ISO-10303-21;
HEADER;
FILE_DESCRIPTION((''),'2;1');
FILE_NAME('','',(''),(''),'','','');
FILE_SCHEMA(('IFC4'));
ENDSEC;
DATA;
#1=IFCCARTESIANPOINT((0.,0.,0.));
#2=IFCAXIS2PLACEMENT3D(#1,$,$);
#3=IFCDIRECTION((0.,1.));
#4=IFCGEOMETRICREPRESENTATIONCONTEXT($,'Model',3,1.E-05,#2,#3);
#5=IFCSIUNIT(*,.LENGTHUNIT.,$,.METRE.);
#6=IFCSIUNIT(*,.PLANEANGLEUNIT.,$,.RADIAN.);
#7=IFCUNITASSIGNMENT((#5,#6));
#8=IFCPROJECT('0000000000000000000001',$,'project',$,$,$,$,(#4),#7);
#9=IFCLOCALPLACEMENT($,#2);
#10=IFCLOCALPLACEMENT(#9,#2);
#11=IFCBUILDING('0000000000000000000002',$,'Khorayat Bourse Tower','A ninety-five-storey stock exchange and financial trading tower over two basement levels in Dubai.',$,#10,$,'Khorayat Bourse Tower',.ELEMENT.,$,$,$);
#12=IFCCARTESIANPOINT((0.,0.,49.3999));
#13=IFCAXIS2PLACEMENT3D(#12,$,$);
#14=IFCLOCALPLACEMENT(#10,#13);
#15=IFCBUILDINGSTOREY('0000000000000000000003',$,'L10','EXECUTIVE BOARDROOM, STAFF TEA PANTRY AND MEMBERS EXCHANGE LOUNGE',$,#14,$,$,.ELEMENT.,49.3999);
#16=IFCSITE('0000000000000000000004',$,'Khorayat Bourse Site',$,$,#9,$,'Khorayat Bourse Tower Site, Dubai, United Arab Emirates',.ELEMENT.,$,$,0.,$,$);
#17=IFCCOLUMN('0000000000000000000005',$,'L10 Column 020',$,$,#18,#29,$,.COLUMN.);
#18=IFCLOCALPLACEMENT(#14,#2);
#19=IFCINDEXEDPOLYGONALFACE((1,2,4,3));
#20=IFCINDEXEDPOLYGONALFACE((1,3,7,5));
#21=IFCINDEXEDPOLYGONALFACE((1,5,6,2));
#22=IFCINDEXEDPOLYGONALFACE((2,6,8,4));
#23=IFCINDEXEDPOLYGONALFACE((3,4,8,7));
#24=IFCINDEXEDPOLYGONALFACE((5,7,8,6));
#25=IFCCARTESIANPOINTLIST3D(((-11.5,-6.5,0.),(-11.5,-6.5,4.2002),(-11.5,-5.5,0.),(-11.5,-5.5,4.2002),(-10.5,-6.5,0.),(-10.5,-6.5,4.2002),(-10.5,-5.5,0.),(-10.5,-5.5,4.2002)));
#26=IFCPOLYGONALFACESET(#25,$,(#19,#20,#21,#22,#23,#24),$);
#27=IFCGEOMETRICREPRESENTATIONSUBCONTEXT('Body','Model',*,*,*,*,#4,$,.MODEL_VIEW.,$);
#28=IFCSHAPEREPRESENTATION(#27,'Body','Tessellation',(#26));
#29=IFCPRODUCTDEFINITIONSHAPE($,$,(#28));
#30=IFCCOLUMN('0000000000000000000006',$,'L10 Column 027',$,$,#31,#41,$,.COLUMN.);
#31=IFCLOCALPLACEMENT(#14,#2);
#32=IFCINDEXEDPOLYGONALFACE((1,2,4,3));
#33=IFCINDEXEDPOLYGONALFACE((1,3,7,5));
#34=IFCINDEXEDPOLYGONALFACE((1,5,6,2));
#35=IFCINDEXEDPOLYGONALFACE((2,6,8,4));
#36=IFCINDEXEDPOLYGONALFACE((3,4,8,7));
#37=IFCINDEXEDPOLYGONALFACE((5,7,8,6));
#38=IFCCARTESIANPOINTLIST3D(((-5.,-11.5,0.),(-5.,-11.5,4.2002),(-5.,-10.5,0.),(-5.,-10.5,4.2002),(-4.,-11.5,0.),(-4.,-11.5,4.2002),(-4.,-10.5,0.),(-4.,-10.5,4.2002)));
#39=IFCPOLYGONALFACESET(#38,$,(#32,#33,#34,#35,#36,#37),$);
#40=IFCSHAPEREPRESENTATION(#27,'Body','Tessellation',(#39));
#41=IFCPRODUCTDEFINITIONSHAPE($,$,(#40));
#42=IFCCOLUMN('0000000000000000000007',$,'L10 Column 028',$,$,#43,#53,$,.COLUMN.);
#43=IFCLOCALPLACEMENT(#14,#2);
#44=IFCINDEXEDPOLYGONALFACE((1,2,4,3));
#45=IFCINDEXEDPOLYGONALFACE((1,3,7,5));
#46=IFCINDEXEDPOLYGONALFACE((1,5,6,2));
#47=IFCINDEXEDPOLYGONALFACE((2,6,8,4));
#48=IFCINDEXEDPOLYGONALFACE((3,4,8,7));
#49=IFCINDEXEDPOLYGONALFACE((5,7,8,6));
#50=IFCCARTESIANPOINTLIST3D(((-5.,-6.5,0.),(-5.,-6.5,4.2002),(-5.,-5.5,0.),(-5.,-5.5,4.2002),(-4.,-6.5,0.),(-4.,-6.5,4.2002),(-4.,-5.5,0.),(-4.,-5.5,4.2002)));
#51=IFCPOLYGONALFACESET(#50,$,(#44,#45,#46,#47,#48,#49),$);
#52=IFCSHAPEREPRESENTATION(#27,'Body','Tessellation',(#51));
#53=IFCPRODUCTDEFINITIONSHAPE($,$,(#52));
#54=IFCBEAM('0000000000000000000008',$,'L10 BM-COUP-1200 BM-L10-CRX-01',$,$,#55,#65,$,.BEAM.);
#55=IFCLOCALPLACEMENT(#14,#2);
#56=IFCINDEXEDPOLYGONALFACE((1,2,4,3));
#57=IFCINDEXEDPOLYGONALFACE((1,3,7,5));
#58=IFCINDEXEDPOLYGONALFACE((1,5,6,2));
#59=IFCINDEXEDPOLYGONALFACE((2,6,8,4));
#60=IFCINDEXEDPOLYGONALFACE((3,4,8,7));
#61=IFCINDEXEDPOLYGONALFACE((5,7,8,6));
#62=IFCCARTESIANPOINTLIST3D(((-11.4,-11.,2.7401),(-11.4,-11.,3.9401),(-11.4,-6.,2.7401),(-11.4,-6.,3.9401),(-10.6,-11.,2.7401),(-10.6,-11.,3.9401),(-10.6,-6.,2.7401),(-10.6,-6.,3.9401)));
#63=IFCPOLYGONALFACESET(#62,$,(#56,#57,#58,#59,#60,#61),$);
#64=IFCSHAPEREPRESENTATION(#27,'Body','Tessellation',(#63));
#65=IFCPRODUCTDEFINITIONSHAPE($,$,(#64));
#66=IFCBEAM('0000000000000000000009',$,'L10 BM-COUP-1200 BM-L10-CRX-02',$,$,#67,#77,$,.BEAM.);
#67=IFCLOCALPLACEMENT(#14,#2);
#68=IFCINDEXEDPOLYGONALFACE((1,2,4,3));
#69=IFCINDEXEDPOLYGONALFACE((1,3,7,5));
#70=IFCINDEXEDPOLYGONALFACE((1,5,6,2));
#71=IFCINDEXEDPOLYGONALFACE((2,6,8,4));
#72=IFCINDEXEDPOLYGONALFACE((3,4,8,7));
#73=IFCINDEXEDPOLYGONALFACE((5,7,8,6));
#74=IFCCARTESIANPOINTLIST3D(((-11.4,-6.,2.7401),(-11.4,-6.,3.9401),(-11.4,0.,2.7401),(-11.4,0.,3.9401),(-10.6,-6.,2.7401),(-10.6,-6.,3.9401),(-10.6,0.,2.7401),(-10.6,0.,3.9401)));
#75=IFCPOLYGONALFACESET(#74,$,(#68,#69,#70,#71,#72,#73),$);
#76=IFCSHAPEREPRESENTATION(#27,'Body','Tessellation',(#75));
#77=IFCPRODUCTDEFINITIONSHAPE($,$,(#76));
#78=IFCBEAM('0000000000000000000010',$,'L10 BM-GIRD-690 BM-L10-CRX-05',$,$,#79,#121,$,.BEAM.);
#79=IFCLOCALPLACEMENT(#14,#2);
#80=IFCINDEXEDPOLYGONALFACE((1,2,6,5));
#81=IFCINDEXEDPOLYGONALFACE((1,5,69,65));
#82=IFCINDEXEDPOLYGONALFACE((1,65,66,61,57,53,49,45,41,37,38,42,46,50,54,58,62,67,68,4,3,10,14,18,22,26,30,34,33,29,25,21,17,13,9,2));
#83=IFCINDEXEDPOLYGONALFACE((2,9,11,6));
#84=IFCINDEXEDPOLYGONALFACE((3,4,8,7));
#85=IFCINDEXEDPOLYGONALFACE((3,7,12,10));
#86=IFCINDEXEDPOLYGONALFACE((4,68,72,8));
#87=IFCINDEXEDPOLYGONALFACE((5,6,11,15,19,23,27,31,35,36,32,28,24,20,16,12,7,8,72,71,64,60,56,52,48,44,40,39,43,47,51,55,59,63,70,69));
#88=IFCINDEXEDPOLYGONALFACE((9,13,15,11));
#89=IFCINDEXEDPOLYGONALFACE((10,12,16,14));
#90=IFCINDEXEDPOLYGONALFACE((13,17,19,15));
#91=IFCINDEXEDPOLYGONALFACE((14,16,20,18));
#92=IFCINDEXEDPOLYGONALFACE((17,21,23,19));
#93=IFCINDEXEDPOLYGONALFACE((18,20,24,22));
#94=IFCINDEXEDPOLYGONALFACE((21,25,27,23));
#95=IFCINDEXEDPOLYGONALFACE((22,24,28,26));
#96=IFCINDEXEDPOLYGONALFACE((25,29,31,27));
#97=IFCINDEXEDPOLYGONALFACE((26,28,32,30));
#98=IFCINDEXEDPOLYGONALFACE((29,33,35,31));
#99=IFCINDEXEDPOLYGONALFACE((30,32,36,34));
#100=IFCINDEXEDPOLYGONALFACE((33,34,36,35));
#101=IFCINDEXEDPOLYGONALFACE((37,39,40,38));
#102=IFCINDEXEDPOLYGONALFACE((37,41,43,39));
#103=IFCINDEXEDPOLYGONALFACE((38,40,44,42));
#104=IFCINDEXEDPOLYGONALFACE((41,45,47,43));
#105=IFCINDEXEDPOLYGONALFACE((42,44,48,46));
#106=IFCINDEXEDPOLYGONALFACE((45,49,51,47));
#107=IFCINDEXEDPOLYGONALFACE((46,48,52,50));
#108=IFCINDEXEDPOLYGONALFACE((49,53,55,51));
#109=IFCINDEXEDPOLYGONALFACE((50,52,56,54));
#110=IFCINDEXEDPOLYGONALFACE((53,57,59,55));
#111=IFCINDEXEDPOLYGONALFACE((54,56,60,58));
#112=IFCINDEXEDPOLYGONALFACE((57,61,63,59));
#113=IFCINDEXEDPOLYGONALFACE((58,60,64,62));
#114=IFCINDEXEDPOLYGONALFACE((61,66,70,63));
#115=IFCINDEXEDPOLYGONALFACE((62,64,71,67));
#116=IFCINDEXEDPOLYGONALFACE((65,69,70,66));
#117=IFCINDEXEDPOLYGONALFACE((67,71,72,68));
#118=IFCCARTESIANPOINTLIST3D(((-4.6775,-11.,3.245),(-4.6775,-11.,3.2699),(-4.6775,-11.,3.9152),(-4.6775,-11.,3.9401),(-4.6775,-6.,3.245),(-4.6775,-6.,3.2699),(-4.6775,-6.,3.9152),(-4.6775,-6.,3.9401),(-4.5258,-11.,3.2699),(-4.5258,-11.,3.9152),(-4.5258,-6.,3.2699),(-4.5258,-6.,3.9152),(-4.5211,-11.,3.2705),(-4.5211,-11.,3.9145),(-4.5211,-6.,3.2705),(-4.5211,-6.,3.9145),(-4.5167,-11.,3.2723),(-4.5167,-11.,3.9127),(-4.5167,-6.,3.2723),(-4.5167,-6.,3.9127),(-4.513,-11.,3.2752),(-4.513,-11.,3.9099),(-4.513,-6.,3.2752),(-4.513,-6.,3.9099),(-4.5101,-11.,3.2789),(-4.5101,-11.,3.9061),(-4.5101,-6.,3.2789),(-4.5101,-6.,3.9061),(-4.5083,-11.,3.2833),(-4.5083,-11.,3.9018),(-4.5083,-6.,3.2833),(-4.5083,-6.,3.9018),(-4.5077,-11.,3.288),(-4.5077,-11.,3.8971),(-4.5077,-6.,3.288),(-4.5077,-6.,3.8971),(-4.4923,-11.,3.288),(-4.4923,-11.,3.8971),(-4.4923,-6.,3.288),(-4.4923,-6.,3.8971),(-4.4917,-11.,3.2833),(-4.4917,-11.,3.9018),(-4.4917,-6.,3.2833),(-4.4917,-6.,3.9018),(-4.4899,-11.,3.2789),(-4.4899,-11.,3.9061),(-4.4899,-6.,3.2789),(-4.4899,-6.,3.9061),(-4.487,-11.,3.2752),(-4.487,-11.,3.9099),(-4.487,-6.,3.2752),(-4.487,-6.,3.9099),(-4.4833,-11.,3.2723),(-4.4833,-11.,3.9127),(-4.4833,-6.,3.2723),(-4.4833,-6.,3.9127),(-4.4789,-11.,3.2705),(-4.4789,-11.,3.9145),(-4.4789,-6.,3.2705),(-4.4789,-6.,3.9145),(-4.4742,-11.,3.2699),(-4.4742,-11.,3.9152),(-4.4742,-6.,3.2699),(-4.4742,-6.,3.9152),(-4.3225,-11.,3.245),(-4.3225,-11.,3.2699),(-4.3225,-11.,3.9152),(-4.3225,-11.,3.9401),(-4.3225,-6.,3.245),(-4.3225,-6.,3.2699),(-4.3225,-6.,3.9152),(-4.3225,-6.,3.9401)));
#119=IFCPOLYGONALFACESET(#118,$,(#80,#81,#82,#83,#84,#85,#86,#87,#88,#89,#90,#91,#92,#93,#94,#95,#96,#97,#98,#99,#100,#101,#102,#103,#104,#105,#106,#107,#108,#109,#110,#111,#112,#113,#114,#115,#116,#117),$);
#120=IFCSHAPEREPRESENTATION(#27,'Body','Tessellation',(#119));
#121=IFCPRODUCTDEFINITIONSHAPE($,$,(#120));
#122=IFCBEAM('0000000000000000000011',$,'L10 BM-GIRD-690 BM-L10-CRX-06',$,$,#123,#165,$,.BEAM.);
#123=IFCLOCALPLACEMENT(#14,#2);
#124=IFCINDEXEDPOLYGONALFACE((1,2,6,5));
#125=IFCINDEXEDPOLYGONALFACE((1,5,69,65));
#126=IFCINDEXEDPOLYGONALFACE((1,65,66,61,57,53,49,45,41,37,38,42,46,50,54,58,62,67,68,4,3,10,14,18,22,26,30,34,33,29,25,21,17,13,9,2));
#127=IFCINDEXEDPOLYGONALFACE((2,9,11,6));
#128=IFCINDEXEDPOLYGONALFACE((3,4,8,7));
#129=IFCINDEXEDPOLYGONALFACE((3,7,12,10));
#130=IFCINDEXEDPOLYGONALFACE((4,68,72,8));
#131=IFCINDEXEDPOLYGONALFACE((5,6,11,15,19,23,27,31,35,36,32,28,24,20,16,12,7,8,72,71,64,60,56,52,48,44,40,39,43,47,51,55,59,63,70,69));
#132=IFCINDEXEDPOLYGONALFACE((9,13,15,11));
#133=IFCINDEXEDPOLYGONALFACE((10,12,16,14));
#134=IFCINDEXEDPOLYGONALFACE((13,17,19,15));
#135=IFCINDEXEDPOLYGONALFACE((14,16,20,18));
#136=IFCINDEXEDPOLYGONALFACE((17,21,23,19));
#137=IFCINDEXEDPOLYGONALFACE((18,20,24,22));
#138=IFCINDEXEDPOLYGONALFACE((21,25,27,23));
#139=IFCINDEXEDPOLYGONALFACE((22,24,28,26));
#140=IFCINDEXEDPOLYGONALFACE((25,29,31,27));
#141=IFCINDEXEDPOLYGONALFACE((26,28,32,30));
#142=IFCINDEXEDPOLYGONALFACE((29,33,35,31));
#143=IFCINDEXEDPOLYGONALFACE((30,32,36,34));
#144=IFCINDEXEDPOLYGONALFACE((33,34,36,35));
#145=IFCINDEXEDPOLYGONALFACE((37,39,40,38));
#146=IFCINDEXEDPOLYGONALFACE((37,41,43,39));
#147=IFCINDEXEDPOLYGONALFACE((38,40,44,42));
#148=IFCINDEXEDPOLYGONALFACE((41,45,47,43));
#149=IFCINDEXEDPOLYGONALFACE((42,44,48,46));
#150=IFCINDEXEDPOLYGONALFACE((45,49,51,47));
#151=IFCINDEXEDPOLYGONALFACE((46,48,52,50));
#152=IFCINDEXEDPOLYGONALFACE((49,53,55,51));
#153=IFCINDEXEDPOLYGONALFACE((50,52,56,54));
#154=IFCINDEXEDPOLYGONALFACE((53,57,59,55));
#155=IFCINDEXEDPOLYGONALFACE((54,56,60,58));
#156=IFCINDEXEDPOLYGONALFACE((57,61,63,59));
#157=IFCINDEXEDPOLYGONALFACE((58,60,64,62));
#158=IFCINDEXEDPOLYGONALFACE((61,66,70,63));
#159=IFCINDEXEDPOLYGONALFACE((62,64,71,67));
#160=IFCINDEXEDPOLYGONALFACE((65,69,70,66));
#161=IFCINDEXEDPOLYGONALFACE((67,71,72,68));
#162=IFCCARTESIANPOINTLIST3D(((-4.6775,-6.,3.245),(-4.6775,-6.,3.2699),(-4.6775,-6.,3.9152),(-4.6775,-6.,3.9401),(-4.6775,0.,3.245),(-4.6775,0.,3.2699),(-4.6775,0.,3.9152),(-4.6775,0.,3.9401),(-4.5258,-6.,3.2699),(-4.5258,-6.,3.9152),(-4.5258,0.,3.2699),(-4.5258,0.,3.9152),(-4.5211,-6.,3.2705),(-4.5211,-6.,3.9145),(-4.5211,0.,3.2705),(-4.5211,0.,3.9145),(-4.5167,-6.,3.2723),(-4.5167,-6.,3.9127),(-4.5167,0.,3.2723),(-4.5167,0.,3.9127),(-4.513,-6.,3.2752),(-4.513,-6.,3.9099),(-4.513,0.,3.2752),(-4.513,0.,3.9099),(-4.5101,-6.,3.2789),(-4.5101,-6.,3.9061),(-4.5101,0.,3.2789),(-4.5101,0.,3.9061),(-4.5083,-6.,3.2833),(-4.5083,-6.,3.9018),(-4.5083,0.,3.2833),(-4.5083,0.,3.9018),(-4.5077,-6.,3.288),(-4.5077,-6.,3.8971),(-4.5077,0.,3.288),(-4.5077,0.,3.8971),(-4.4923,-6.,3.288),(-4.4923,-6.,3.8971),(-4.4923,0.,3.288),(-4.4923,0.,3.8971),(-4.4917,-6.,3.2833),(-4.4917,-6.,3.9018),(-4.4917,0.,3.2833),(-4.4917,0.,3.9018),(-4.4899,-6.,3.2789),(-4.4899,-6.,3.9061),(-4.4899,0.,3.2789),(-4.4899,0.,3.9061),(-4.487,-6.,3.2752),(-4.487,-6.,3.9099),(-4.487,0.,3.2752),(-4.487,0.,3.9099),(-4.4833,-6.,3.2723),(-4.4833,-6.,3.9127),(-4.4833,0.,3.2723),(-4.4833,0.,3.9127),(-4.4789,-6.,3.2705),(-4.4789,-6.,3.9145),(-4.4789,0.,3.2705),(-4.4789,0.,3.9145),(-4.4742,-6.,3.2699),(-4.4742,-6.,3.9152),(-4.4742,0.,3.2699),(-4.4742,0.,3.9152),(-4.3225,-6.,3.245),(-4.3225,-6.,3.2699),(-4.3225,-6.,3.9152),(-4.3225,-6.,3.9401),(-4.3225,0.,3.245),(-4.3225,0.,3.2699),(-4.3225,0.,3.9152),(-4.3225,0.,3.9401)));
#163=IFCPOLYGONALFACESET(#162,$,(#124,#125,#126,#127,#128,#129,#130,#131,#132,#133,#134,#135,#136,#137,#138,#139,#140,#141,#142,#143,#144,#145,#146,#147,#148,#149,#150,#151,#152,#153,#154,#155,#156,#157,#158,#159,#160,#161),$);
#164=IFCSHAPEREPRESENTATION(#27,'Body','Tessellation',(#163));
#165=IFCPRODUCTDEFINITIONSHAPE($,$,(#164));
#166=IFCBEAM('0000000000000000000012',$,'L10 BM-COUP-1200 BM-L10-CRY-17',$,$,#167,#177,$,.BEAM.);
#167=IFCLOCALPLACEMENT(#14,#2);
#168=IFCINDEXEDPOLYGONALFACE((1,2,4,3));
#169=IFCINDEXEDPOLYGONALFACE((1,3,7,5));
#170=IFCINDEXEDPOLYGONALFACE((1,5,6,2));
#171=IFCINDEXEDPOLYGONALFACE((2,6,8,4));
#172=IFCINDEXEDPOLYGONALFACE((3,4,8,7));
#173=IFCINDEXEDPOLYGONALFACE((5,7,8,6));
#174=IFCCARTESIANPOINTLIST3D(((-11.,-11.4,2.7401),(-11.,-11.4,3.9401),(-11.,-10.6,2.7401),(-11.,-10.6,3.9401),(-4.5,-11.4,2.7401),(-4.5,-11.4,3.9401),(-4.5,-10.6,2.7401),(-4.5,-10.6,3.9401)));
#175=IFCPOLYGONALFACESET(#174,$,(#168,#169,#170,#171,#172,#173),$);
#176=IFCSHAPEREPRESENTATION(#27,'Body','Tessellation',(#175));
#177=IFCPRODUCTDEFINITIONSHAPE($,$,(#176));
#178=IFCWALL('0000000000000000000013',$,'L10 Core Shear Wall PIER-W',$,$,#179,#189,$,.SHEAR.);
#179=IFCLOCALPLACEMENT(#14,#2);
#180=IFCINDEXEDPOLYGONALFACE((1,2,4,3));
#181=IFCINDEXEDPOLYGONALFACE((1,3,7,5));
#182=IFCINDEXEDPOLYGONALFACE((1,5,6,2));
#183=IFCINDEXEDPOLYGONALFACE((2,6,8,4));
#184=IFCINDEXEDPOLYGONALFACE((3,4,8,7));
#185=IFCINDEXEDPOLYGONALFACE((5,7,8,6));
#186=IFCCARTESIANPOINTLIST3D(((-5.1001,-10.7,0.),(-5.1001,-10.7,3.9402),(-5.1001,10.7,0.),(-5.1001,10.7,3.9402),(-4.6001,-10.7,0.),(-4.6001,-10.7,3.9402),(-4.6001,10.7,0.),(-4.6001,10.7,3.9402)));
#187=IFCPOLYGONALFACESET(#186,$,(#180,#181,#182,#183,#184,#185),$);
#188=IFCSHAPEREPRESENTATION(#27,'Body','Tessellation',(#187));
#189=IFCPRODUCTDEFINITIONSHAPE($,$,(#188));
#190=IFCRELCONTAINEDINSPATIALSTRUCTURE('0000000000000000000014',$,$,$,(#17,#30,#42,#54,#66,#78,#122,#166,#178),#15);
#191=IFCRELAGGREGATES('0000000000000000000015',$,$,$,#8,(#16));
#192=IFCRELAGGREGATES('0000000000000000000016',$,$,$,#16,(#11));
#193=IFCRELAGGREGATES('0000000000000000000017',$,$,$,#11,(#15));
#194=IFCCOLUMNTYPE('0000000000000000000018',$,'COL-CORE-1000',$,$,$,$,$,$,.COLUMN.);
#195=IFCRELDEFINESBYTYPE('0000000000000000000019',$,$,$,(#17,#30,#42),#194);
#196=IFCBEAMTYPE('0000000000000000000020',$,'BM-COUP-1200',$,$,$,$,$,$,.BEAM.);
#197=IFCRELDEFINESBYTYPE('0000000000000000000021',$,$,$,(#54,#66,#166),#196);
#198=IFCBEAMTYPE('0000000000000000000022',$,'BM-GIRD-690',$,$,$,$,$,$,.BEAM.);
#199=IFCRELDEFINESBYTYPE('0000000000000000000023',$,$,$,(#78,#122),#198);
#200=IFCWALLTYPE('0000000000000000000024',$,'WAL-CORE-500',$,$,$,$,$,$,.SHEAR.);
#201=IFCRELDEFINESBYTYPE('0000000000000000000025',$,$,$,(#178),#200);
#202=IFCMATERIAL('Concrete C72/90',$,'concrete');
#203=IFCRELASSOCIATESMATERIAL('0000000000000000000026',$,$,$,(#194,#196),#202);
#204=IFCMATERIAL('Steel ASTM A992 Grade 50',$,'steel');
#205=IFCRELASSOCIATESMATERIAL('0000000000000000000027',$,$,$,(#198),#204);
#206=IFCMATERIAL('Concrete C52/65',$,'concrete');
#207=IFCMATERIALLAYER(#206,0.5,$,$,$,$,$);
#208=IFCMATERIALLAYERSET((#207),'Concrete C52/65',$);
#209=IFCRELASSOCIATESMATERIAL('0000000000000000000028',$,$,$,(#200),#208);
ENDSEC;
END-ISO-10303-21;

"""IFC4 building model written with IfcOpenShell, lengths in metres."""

from ifc_helpers import new_model, si_unit, direction, frame, frame_2d, origin, origin_2d, place, context, subcontext, project, spatial, rectangle, i_section, extrude, source, transform, mapped, material, layer, layer_set, material_profile, profile_set, type_object, element, save


model = new_model("IFC4")

# Units and contexts
model_context = context("Model", 3, precision=1e-05, world=origin(), true_north=direction((0.0, 1.0)))
body_context = subcontext(model_context, "Body", "Model", "MODEL_VIEW")
ifc_project = project(units=[si_unit("LENGTHUNIT", "METRE"), si_unit("PLANEANGLEUNIT", "RADIAN")], contexts=[model_context])

# Site, building, storey
site_placement = place(None, origin())
site = spatial("IfcSite", under=ifc_project, at=site_placement, Name="Khorayat Bourse Site", LongName="Khorayat Bourse Tower Site, Dubai, United Arab Emirates", CompositionType="ELEMENT", RefElevation=0.0)
building_placement = place(site_placement, origin())
building = spatial("IfcBuilding", under=site, at=building_placement, Name="Khorayat Bourse Tower", Description="A ninety-five-storey stock exchange and financial trading tower over two basement levels in Dubai.", LongName="Khorayat Bourse Tower", CompositionType="ELEMENT")
storey_placement = place(building_placement, frame((0.0, 0.0, 49.3999)))
storey = spatial("IfcBuildingStorey", under=building, at=storey_placement, Name="L10", Description="EXECUTIVE BOARDROOM, STAFF TEA PANTRY AND MEMBERS EXCHANGE LOUNGE", CompositionType="ELEMENT", Elevation=49.3999)

# Columns
ifc_material_1 = material(Name="Concrete C72/90", Category="concrete")
ifc_material_profile_1 = material_profile(ifc_material_1, rectangle(XDim=1.0, YDim=1.0, at=origin_2d()), Name="RC 1000x1000")
ifc_profile_set_1 = profile_set([ifc_material_profile_1], Name="Concrete C72/90")
column_type = type_object("IfcColumnType", Name="COL-CORE-1000", PredefinedType="COLUMN", material=ifc_profile_set_1)
shared_shape_1 = source(origin(), body_context, "Body", "SweptSolid", [
    extrude(rectangle(XDim=1.0, YDim=1.0, at=origin_2d()), origin(), (0.0, 0.0, 1.0), 4.2002),
])
for number, where, z_axis, x_axis, name in (
    (1, (-11.0, -6.0, 0.0), (0.0, 0.0, 1.0), (1.0, 0.0, 0.0), "L10 Column 020"),
    (2, (-4.5, -11.0, 0.0), (0.0, 0.0, 1.0), (1.0, 0.0, 0.0), "L10 Column 027"),
    (3, (-4.5, -6.0, 0.0), (0.0, 0.0, 1.0), (1.0, 0.0, 0.0), "L10 Column 028"),
):
    element("IfcColumn", number, at=place(storey_placement, frame(where, z_axis=z_axis, x_axis=x_axis)), inside=storey, type_object=column_type, Name=name, PredefinedType="COLUMN", context=body_context, shape_type="MappedRepresentation", body=[
        mapped(shared_shape_1, transform((0.0, 0.0, 0.0), scale=1.0)),
    ])

# Beams
ifc_material_profile_2 = material_profile(ifc_material_1, rectangle(XDim=0.8, YDim=1.2, at=origin_2d()), Name="RC 800x1200")
ifc_profile_set_2 = profile_set([ifc_material_profile_2], Name="Concrete C72/90")
beam_type_1 = type_object("IfcBeamType", Name="BM-COUP-1200", PredefinedType="BEAM", material=ifc_profile_set_2)
shared_shape_2 = source(origin(), body_context, "Body", "SweptSolid", [
    extrude(rectangle(XDim=0.8, YDim=1.2, at=origin_2d()), origin(), (0.0, 0.0, 1.0), 5.0),
])
beam_1_placement = place(storey_placement, frame((-11.0, -11.0, 3.3401), z_axis=(0.0, 1.0, 0.0), x_axis=(-1.0, 0.0, 0.0)))
element("IfcBeam", 4, at=beam_1_placement, inside=storey, type_object=beam_type_1, Name="L10 BM-COUP-1200 BM-L10-CRX-01", PredefinedType="BEAM", context=body_context, shape_type="MappedRepresentation", body=[
    mapped(shared_shape_2, transform((0.0, 0.0, 0.0), scale=1.0)),
])
shared_shape_3 = source(origin(), body_context, "Body", "SweptSolid", [
    extrude(rectangle(XDim=0.8, YDim=1.2, at=origin_2d()), origin(), (0.0, 0.0, 1.0), 6.0),
])
beam_2_placement = place(storey_placement, frame((-11.0, -6.0, 3.3401), z_axis=(0.0, 1.0, 0.0), x_axis=(-1.0, 0.0, 0.0)))
element("IfcBeam", 5, at=beam_2_placement, inside=storey, type_object=beam_type_1, Name="L10 BM-COUP-1200 BM-L10-CRX-02", PredefinedType="BEAM", context=body_context, shape_type="MappedRepresentation", body=[
    mapped(shared_shape_3, transform((0.0, 0.0, 0.0), scale=1.0)),
])
ifc_material_2 = material(Name="Steel ASTM A992 Grade 50", Category="steel")
ifc_material_profile_3 = material_profile(ifc_material_2, i_section(OverallWidth=0.355, OverallDepth=0.6951, WebThickness=0.0154, FlangeThickness=0.0249, FilletRadius=0.0181, at=origin_2d()), Name="W690X217")
ifc_profile_set_3 = profile_set([ifc_material_profile_3], Name="Steel ASTM A992 Grade 50")
beam_type_2 = type_object("IfcBeamType", Name="BM-GIRD-690", PredefinedType="BEAM", material=ifc_profile_set_3)
shared_shape_4 = source(origin(), body_context, "Body", "SweptSolid", [
    extrude(i_section(OverallWidth=0.355, OverallDepth=0.6951, WebThickness=0.0154, FlangeThickness=0.0249, FilletRadius=0.0181, at=origin_2d()), origin(), (0.0, 0.0, 1.0), 5.0),
])
beam_3_placement = place(storey_placement, frame((-4.5, -11.0, 3.5925), z_axis=(0.0, 1.0, 0.0), x_axis=(-1.0, 0.0, 0.0)))
element("IfcBeam", 6, at=beam_3_placement, inside=storey, type_object=beam_type_2, Name="L10 BM-GIRD-690 BM-L10-CRX-05", PredefinedType="BEAM", context=body_context, shape_type="MappedRepresentation", body=[
    mapped(shared_shape_4, transform((0.0, 0.0, 0.0), scale=1.0)),
])
shared_shape_5 = source(origin(), body_context, "Body", "SweptSolid", [
    extrude(i_section(OverallWidth=0.355, OverallDepth=0.6951, WebThickness=0.0154, FlangeThickness=0.0249, FilletRadius=0.0181, at=origin_2d()), origin(), (0.0, 0.0, 1.0), 6.0),
])
beam_4_placement = place(storey_placement, frame((-4.5, -6.0, 3.5925), z_axis=(0.0, 1.0, 0.0), x_axis=(-1.0, 0.0, 0.0)))
element("IfcBeam", 7, at=beam_4_placement, inside=storey, type_object=beam_type_2, Name="L10 BM-GIRD-690 BM-L10-CRX-06", PredefinedType="BEAM", context=body_context, shape_type="MappedRepresentation", body=[
    mapped(shared_shape_5, transform((0.0, 0.0, 0.0), scale=1.0)),
])
shared_shape_6 = source(origin(), body_context, "Body", "SweptSolid", [
    extrude(rectangle(XDim=0.8, YDim=1.2, at=origin_2d()), origin(), (0.0, 0.0, 1.0), 6.5),
])
beam_5_placement = place(storey_placement, frame((-11.0, -11.0, 3.3401), z_axis=(1.0, 0.0, 0.0), x_axis=(0.0, 1.0, 0.0)))
element("IfcBeam", 8, at=beam_5_placement, inside=storey, type_object=beam_type_1, Name="L10 BM-COUP-1200 BM-L10-CRY-17", PredefinedType="BEAM", context=body_context, shape_type="MappedRepresentation", body=[
    mapped(shared_shape_6, transform((0.0, 0.0, 0.0), scale=1.0)),
])

# Wall
ifc_material_3 = material(Name="Concrete C52/65", Category="concrete")
ifc_layer_1 = layer(ifc_material_3, 0.5)
ifc_layer_set_1 = layer_set([ifc_layer_1], Name="Concrete C52/65")
wall_type_1 = type_object("IfcWallType", Name="WAL-CORE-500", PredefinedType="SHEAR", material=ifc_layer_set_1)
shared_shape_7 = source(origin(), body_context, "Body", "SweptSolid", [
    extrude(rectangle(XDim=21.3999, YDim=0.5, at=frame_2d((10.7, 0.0))), origin(), (0.0, 0.0, 1.0), 3.9402),
])
wall_1_placement = place(storey_placement, frame((-4.8501, -10.7, 0.0), z_axis=(0.0, 0.0, 1.0), x_axis=(0.0, 1.0, 0.0)))
element("IfcWall", 9, at=wall_1_placement, inside=storey, type_object=wall_type_1, Name="L10 Core Shear Wall PIER-W", PredefinedType="SHEAR", context=body_context, shape_type="MappedRepresentation", body=[
    mapped(shared_shape_7, transform((0.0, 0.0, 0.0), scale=1.0)),
])

save(model, "model.ifc")
